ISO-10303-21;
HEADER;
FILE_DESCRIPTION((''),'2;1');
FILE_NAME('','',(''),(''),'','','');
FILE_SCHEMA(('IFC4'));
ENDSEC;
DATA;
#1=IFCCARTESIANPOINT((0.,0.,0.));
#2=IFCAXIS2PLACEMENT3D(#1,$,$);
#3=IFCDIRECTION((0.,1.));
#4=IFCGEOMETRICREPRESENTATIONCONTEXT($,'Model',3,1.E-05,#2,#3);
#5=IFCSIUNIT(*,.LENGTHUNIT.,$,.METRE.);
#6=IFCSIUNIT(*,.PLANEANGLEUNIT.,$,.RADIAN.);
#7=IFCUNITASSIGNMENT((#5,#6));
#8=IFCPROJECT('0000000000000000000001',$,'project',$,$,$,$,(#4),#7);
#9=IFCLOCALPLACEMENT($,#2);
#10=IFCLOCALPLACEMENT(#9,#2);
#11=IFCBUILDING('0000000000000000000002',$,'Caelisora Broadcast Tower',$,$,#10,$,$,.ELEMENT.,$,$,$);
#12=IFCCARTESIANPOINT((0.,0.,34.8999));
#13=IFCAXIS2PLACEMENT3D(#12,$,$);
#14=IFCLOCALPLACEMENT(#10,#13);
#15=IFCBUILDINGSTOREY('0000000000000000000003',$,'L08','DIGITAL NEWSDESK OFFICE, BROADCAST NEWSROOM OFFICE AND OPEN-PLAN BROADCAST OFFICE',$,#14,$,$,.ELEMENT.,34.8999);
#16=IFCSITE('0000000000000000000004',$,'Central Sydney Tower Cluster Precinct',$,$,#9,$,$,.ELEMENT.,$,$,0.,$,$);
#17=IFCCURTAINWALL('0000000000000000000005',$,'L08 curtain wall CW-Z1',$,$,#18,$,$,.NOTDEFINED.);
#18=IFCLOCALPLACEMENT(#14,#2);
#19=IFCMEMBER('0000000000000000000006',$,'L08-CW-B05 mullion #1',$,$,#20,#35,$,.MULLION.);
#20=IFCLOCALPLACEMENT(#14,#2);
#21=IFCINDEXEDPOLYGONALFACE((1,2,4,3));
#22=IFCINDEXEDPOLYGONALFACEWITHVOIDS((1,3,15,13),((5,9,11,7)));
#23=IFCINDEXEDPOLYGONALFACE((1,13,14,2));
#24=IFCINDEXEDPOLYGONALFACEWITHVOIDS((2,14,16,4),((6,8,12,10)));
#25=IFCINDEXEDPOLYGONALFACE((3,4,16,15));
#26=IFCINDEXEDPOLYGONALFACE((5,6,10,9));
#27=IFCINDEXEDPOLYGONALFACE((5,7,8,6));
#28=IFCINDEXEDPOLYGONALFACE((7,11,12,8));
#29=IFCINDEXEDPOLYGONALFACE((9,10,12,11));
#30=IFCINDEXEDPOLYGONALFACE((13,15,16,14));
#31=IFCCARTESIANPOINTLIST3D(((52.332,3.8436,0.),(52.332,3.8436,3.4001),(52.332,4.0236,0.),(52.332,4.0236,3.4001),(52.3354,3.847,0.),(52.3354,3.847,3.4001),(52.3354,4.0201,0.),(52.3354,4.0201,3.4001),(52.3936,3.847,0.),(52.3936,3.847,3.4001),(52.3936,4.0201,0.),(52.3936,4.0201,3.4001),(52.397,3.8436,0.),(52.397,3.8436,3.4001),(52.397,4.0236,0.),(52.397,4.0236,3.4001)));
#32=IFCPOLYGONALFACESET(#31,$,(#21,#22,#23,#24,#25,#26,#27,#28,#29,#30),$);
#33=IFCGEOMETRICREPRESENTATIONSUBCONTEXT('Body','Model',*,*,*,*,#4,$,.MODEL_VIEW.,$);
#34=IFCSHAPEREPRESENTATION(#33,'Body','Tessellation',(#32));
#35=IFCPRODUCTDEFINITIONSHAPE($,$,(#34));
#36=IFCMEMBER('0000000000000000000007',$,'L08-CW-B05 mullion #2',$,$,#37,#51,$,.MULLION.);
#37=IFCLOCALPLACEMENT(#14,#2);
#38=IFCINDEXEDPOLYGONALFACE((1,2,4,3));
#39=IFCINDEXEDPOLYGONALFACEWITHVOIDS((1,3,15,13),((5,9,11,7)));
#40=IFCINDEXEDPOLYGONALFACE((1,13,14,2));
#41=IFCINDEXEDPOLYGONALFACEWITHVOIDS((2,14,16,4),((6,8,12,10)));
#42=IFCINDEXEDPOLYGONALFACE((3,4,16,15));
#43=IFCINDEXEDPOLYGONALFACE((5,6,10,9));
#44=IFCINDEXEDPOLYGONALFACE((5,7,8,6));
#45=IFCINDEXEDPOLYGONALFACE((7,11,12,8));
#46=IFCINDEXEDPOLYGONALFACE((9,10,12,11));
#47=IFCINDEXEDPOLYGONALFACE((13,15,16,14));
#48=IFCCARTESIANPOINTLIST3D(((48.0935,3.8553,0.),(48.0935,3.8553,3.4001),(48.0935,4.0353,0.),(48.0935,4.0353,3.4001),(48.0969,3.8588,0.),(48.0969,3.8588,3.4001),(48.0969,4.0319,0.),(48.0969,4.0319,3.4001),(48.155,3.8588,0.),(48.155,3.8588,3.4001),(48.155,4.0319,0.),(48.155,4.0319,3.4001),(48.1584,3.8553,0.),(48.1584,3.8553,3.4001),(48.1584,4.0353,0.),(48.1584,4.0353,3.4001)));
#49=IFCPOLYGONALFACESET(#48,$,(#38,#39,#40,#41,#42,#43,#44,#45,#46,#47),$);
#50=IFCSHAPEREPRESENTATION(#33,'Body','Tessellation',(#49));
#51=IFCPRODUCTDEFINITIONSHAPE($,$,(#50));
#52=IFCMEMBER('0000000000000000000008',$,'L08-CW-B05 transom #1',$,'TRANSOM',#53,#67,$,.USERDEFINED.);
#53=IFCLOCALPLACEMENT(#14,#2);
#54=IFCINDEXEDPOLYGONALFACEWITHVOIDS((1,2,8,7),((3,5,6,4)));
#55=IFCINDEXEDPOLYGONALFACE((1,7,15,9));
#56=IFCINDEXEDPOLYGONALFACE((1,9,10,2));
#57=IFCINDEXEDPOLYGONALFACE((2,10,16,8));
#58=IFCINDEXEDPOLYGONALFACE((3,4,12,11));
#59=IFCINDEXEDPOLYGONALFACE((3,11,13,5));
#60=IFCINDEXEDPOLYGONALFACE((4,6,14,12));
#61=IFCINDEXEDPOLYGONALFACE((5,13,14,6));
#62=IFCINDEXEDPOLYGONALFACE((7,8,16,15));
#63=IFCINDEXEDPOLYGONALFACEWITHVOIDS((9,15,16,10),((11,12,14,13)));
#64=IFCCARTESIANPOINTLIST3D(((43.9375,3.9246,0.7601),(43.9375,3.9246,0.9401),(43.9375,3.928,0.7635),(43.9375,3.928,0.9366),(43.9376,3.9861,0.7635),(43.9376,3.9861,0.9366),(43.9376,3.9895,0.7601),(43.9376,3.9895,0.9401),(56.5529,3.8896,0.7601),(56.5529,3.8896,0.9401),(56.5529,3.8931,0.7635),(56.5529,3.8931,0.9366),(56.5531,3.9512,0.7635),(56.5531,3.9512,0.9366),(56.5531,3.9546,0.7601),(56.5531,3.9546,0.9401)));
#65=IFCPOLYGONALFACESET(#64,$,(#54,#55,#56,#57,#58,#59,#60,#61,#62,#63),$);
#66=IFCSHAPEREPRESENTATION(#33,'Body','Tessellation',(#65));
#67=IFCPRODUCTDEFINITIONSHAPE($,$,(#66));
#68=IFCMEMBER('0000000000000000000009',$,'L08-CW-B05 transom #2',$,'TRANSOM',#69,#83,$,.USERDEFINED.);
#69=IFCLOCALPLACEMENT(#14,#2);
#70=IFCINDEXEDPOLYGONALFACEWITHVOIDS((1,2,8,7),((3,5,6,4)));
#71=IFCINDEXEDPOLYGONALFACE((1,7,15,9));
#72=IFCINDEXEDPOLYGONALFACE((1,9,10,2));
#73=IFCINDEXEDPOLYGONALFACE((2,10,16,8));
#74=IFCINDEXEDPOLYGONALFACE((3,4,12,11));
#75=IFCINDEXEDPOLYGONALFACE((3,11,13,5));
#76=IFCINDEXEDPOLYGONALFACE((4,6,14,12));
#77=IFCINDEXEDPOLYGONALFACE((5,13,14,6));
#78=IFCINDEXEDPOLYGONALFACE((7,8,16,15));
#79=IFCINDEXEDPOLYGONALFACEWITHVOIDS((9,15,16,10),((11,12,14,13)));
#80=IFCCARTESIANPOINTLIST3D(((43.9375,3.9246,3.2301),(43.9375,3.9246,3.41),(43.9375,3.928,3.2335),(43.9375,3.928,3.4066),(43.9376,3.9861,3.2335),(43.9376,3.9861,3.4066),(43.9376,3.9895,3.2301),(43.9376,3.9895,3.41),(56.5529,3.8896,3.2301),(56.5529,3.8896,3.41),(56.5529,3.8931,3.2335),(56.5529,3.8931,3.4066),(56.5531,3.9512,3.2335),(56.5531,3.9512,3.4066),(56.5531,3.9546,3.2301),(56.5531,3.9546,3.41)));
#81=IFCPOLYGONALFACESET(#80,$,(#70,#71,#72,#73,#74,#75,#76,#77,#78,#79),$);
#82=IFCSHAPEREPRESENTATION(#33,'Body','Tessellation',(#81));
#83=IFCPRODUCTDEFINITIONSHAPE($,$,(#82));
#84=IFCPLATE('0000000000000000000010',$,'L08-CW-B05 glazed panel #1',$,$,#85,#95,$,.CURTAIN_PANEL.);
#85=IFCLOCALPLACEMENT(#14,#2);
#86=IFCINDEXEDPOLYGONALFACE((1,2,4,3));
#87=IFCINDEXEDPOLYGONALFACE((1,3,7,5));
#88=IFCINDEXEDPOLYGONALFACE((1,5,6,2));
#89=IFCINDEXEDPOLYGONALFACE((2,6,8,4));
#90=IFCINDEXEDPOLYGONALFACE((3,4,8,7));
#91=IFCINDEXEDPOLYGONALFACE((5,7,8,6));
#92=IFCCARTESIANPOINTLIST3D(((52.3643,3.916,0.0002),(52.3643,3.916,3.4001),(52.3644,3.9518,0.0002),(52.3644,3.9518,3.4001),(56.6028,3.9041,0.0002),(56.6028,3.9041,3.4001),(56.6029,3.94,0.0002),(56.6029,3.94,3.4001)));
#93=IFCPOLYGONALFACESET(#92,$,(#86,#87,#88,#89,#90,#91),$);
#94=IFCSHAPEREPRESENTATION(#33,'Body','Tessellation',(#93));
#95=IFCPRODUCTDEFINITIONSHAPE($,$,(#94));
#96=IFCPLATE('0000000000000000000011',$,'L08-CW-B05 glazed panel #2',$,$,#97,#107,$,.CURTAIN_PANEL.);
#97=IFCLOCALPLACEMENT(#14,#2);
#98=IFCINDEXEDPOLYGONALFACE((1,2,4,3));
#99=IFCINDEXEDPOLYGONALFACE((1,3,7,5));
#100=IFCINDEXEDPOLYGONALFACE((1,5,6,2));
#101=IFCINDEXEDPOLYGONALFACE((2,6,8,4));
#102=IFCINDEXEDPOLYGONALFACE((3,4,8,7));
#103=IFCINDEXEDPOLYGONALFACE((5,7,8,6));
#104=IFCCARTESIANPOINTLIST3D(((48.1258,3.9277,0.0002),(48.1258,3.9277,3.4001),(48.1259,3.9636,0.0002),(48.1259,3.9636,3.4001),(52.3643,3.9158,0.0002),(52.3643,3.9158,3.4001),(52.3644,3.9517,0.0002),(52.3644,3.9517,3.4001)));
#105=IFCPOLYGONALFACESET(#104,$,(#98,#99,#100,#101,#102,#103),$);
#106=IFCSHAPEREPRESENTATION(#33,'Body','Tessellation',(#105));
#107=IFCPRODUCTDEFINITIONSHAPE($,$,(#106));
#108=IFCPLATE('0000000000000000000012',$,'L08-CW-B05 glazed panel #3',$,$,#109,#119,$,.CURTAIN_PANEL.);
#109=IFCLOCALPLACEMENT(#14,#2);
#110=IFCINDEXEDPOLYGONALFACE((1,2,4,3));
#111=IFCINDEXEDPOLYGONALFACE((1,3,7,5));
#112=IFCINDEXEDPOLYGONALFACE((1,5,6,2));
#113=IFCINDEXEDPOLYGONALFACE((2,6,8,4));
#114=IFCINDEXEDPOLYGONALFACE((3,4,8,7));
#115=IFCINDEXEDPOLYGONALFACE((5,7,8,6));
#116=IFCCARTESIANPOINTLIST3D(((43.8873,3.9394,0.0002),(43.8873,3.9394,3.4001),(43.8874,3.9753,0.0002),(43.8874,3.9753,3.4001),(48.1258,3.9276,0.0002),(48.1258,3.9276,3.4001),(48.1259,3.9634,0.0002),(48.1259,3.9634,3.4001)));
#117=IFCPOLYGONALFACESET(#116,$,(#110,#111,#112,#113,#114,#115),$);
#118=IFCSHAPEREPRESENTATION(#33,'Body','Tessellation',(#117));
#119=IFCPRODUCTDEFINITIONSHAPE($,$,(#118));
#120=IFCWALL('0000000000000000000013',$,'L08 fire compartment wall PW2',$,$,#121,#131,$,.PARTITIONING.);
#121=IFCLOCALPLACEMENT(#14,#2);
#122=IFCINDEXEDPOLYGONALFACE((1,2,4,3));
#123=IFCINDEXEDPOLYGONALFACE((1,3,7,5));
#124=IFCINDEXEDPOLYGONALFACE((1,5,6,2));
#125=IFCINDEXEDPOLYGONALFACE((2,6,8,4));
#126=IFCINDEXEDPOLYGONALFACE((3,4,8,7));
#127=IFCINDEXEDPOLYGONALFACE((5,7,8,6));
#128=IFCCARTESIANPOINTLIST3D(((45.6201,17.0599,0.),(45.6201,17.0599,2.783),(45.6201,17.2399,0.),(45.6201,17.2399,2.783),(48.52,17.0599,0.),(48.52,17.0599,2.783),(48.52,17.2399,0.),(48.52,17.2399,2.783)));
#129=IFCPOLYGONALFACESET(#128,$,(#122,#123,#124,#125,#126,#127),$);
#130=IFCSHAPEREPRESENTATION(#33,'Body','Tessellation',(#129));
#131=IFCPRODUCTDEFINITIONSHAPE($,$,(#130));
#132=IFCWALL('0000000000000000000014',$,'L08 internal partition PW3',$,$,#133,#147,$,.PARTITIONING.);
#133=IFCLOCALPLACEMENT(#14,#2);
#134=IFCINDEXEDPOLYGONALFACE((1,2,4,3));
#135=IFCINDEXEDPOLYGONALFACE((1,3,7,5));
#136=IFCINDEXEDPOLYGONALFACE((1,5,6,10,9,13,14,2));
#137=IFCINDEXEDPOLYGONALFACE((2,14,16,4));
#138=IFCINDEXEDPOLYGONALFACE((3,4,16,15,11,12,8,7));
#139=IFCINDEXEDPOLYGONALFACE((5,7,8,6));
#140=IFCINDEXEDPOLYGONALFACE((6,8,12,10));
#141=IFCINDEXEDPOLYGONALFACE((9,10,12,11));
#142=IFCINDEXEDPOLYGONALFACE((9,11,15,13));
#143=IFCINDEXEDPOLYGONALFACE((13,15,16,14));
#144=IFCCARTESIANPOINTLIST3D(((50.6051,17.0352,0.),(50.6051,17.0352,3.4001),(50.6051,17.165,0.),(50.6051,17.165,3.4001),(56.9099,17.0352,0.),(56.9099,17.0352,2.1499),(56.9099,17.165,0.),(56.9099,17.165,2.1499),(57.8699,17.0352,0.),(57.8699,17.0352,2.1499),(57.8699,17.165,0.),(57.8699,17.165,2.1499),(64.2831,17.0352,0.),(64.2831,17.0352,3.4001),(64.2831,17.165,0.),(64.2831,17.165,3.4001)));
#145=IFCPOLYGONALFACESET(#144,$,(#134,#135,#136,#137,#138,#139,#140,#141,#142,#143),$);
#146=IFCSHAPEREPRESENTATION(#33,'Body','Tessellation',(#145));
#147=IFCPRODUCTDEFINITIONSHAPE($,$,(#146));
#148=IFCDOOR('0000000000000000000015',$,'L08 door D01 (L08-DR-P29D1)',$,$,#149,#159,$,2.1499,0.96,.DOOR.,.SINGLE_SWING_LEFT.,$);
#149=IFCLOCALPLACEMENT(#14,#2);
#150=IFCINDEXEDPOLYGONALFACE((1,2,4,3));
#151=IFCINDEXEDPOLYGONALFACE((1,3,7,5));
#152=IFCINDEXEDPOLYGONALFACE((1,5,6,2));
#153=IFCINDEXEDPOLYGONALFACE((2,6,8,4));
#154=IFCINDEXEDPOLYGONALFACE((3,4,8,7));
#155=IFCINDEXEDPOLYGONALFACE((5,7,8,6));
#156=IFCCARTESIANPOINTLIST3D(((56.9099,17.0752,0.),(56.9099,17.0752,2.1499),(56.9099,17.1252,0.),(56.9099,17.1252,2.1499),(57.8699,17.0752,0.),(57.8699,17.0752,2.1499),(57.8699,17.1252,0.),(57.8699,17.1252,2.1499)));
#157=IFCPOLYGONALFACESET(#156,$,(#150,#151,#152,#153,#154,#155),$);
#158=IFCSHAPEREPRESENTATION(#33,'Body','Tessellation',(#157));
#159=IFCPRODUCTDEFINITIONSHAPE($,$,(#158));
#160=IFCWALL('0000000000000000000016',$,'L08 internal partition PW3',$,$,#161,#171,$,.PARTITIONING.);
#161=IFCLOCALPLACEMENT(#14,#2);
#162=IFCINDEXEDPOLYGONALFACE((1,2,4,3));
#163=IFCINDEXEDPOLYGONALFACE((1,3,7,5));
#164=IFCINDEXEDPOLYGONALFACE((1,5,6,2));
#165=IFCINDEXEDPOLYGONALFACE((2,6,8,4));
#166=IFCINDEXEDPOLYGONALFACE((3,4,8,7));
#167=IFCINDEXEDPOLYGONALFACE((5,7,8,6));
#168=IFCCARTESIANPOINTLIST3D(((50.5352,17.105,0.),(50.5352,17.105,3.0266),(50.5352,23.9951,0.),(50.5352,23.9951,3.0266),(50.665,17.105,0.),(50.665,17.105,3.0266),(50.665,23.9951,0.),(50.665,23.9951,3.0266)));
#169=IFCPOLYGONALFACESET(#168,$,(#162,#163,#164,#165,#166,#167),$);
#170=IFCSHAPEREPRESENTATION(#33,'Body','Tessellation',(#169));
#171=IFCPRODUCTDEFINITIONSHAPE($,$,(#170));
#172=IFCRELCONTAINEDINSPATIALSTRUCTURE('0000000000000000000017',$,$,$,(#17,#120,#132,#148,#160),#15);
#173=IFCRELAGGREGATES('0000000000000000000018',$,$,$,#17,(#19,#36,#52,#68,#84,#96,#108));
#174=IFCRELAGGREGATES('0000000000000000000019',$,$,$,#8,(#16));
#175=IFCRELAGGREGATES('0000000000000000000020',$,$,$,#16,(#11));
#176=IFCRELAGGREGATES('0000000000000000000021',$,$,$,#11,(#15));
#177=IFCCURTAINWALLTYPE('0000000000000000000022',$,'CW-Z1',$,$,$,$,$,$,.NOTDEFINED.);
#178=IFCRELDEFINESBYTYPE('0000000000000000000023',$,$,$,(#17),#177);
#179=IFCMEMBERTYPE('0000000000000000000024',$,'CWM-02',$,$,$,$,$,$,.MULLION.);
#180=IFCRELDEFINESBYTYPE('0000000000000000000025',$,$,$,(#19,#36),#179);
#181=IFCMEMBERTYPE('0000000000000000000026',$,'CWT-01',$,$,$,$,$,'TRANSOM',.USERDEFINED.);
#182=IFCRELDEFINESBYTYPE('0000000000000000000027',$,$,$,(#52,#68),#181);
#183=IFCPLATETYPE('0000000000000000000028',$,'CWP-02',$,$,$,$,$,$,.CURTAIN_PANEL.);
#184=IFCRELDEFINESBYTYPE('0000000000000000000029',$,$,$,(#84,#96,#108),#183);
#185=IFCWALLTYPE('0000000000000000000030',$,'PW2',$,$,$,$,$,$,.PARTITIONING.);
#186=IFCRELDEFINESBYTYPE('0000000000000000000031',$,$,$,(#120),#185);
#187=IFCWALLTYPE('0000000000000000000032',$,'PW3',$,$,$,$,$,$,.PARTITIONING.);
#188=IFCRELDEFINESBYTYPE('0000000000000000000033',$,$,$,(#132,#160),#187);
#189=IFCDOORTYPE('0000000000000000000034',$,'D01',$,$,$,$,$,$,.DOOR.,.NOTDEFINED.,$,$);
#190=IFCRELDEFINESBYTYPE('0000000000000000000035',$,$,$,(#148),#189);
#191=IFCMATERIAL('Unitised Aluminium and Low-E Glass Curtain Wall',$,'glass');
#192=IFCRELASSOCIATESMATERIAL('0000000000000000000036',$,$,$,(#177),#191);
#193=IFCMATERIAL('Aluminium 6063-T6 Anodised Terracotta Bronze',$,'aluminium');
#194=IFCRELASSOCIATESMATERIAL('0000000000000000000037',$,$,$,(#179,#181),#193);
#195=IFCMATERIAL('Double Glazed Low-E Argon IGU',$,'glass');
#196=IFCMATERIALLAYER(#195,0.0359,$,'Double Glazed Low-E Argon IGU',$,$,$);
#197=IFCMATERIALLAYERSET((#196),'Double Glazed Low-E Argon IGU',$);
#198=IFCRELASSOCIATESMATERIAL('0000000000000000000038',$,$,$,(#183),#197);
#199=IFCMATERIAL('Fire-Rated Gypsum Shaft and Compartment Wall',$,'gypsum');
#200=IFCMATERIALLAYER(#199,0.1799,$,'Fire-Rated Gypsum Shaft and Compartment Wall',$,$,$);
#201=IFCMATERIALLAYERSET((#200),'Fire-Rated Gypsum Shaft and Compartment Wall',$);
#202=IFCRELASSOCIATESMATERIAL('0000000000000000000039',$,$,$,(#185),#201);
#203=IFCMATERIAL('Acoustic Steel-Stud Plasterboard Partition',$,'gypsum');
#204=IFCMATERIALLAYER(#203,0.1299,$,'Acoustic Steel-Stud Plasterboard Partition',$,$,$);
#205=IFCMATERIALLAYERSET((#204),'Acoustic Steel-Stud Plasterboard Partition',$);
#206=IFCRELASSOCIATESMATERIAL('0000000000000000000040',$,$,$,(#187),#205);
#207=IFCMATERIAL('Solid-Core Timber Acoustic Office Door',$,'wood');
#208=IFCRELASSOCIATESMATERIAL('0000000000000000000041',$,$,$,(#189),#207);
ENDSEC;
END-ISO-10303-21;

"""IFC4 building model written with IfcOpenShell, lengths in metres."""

from ifc_helpers import new_model, si_unit, direction, frame, frame_2d, origin, origin_2d, place, context, subcontext, project, spatial, rectangle, hollow_rectangle, extrude, source, transform, mapped, material, layer, layer_set, material_profile, profile_set, type_object, type_shapes, element, fill, aggregate, save


model = new_model("IFC4")

# Units and contexts
model_context = context("Model", 3, precision=1e-05, world=origin(), true_north=direction((0.0, 1.0)))
body_context = subcontext(model_context, "Body", "Model", "MODEL_VIEW")
ifc_project = project(units=[si_unit("LENGTHUNIT", "METRE"), si_unit("PLANEANGLEUNIT", "RADIAN")], contexts=[model_context])

# Site, building, storey
site_placement = place(None, origin())
site = spatial("IfcSite", under=ifc_project, at=site_placement, Name="Central Sydney Tower Cluster Precinct", CompositionType="ELEMENT", RefElevation=0.0)
building_placement = place(site_placement, origin())
building = spatial("IfcBuilding", under=site, at=building_placement, Name="Caelisora Broadcast Tower", CompositionType="ELEMENT")
storey_placement = place(building_placement, frame((0.0, 0.0, 34.8999)))
storey = spatial("IfcBuildingStorey", under=building, at=storey_placement, Name="L08", Description="DIGITAL NEWSDESK OFFICE, BROADCAST NEWSROOM OFFICE AND OPEN-PLAN BROADCAST OFFICE", CompositionType="ELEMENT", Elevation=34.8999)

# Curtain wall, members, plates
ifc_material_1 = material(Name="Unitised Aluminium and Low-E Glass Curtain Wall", Category="glass")
curtain_wall_type = type_object("IfcCurtainWallType", Name="CW-Z1", PredefinedType="NOTDEFINED", material=ifc_material_1)
curtain_wall_placement = place(storey_placement, origin())
curtain_wall = element("IfcCurtainWall", 1, at=curtain_wall_placement, inside=storey, type_object=curtain_wall_type, Name="L08 curtain wall CW-Z1", PredefinedType="NOTDEFINED")
ifc_material_2 = material(Name="Aluminium 6063-T6 Anodised Terracotta Bronze", Category="aluminium")
ifc_material_profile_1 = material_profile(ifc_material_2, hollow_rectangle(XDim=0.0649, YDim=0.1799, WallThickness=0.0034, at=origin_2d()), Name="Aluminium 6063-T6 Anodised Terracotta Bronze")
ifc_profile_set_1 = profile_set([ifc_material_profile_1], Name="Aluminium 6063-T6 Anodised Terracotta Bronze")
member_type_1 = type_object("IfcMemberType", Name="CWM-02", PredefinedType="MULLION", material=ifc_profile_set_1)
shared_shape_1 = source(origin(), body_context, "Body", "SweptSolid", [
    extrude(hollow_rectangle(XDim=0.0649, YDim=0.1799, WallThickness=0.0034, at=origin_2d()), origin(), (0.0, 0.0, 1.0), 3.4001),
])
type_shapes(member_type_1, [shared_shape_1])
member_1_placement = place(storey_placement, frame((52.3645, 3.9336, 0.0), z_axis=(0.0, 0.0, 1.0), x_axis=(1.0, 0.0, 0.0)))
member_1 = element("IfcMember", 2, at=member_1_placement, type_object=member_type_1, Name="L08-CW-B05 mullion #1", PredefinedType="MULLION", context=body_context, shape_type="MappedRepresentation", body=[
    mapped(shared_shape_1, transform((0.0, 0.0, 0.0), scale=1.0)),
])
member_2_placement = place(storey_placement, frame((48.126, 3.9453, 0.0), z_axis=(0.0, 0.0, 1.0), x_axis=(1.0, 0.0, 0.0)))
member_2 = element("IfcMember", 3, at=member_2_placement, type_object=member_type_1, Name="L08-CW-B05 mullion #2", PredefinedType="MULLION", context=body_context, shape_type="MappedRepresentation", body=[
    mapped(shared_shape_1, transform((0.0, 0.0, 0.0), scale=1.0)),
])
ifc_material_profile_2 = material_profile(ifc_material_2, hollow_rectangle(XDim=0.0649, YDim=0.1799, WallThickness=0.0034, at=origin_2d()), Name="Aluminium 6063-T6 Anodised Terracotta Bronze")
ifc_profile_set_2 = profile_set([ifc_material_profile_2], Name="Aluminium 6063-T6 Anodised Terracotta Bronze")
member_type_2 = type_object("IfcMemberType", Name="CWT-01", ElementType="TRANSOM", PredefinedType="USERDEFINED", material=ifc_profile_set_2)
shared_shape_2 = source(origin(), body_context, "Body", "SweptSolid", [
    extrude(hollow_rectangle(XDim=0.0649, YDim=0.1799, WallThickness=0.0034, at=origin_2d()), origin(), (0.0, 0.0, 1.0), 12.6155),
])
type_shapes(member_type_2, [shared_shape_2])
member_3_placement = place(storey_placement, frame((56.553, 3.9221, 0.8501), z_axis=(-0.999996, 0.002767, 0.0), x_axis=(-0.002767, -0.999996, 0.0)))
member_3 = element("IfcMember", 4, at=member_3_placement, type_object=member_type_2, Name="L08-CW-B05 transom #1", ObjectType="TRANSOM", PredefinedType="USERDEFINED", context=body_context, shape_type="MappedRepresentation", body=[
    mapped(shared_shape_2, transform((0.0, 0.0, 0.0), scale=1.0)),
])
member_4_placement = place(storey_placement, frame((56.553, 3.9221, 3.3201), z_axis=(-0.999996, 0.002767, 0.0), x_axis=(-0.002767, -0.999996, 0.0)))
member_4 = element("IfcMember", 5, at=member_4_placement, type_object=member_type_2, Name="L08-CW-B05 transom #2", ObjectType="TRANSOM", PredefinedType="USERDEFINED", context=body_context, shape_type="MappedRepresentation", body=[
    mapped(shared_shape_2, transform((0.0, 0.0, 0.0), scale=1.0)),
])
ifc_material_3 = material(Name="Double Glazed Low-E Argon IGU", Category="glass")
ifc_layer_1 = layer(ifc_material_3, 0.0359, Name="Double Glazed Low-E Argon IGU")
ifc_layer_set_1 = layer_set([ifc_layer_1], Name="Double Glazed Low-E Argon IGU")
plate_type = type_object("IfcPlateType", Name="CWP-02", PredefinedType="CURTAIN_PANEL", material=ifc_layer_set_1)
shared_shape_3 = source(origin(), body_context, "Body", "SweptSolid", [
    extrude(rectangle(XDim=4.2385, YDim=0.0359, at=origin_2d()), origin(), (0.0, 0.0, 1.0), 3.3999),
])
type_shapes(plate_type, [shared_shape_3])
plate_1_placement = place(storey_placement, frame((54.4836, 3.928, 0.0002), z_axis=(0.0, 0.0, 1.0), x_axis=(-0.999996, 0.002793, 0.0)))
plate_1 = element("IfcPlate", 6, at=plate_1_placement, type_object=plate_type, Name="L08-CW-B05 glazed panel #1", PredefinedType="CURTAIN_PANEL", context=body_context, shape_type="MappedRepresentation", body=[
    mapped(shared_shape_3, transform((0.0, 0.0, 0.0), scale=1.0)),
])
plate_2_placement = place(storey_placement, frame((50.2451, 3.9397, 0.0002), z_axis=(0.0, 0.0, 1.0), x_axis=(-0.999996, 0.002793, 0.0)))
plate_2 = element("IfcPlate", 7, at=plate_2_placement, type_object=plate_type, Name="L08-CW-B05 glazed panel #2", PredefinedType="CURTAIN_PANEL", context=body_context, shape_type="MappedRepresentation", body=[
    mapped(shared_shape_3, transform((0.0, 0.0, 0.0), scale=1.0)),
])
plate_3_placement = place(storey_placement, frame((46.0066, 3.9514, 0.0002), z_axis=(0.0, 0.0, 1.0), x_axis=(-0.999996, 0.002793, 0.0)))
plate_3 = element("IfcPlate", 8, at=plate_3_placement, type_object=plate_type, Name="L08-CW-B05 glazed panel #3", PredefinedType="CURTAIN_PANEL", context=body_context, shape_type="MappedRepresentation", body=[
    mapped(shared_shape_3, transform((0.0, 0.0, 0.0), scale=1.0)),
])
aggregate(curtain_wall, [member_1, member_2, member_3, member_4, plate_1, plate_2, plate_3])

# Wall
ifc_material_4 = material(Name="Fire-Rated Gypsum Shaft and Compartment Wall", Category="gypsum")
ifc_layer_2 = layer(ifc_material_4, 0.1799, Name="Fire-Rated Gypsum Shaft and Compartment Wall")
ifc_layer_set_2 = layer_set([ifc_layer_2], Name="Fire-Rated Gypsum Shaft and Compartment Wall")
wall_type_1 = type_object("IfcWallType", Name="PW2", PredefinedType="PARTITIONING", material=ifc_layer_set_2)
wall_1_placement = place(storey_placement, frame((45.6201, 17.1499, 0.0), z_axis=(0.0, 0.0, 1.0), x_axis=(1.0, 0.0, 0.0)))
element("IfcWall", 9, at=wall_1_placement, inside=storey, type_object=wall_type_1, Name="L08 fire compartment wall PW2", PredefinedType="PARTITIONING", context=body_context, shape_type="SweptSolid", body=[
    extrude(rectangle(XDim=2.8999, YDim=0.1799, at=frame_2d((1.45, 0.0))), origin(), (0.0, 0.0, 1.0), 2.783),
])

# Wall, opening, door
ifc_material_5 = material(Name="Acoustic Steel-Stud Plasterboard Partition", Category="gypsum")
ifc_layer_3 = layer(ifc_material_5, 0.1299, Name="Acoustic Steel-Stud Plasterboard Partition")
ifc_layer_set_3 = layer_set([ifc_layer_3], Name="Acoustic Steel-Stud Plasterboard Partition")
wall_type_2 = type_object("IfcWallType", Name="PW3", PredefinedType="PARTITIONING", material=ifc_layer_set_3)
wall_2_placement = place(storey_placement, frame((64.283, 17.1001, 0.0), z_axis=(0.0, 0.0, 1.0), x_axis=(-1.0, 0.0, 0.0)))
wall_2 = element("IfcWall", 10, at=wall_2_placement, inside=storey, type_object=wall_type_2, Name="L08 internal partition PW3", PredefinedType="PARTITIONING", context=body_context, shape_type="SweptSolid", body=[
    extrude(rectangle(XDim=13.678, YDim=0.1299, at=frame_2d((6.8389, 0.0))), origin(), (0.0, 0.0, 1.0), 3.4001),
])
opening_1_placement = place(wall_2_placement, frame((6.4131, 0.0, 0.0)))
opening_1 = element("IfcOpeningElement", 11, at=opening_1_placement, cuts=wall_2, PredefinedType="OPENING", context=body_context, shape_type="SweptSolid", body=[
    extrude(rectangle(XDim=0.96, YDim=2.1499, at=frame_2d((0.48, 1.075))), frame((0.0, 0.0769, 0.0), z_axis=(0.0, -1.0, 0.0), x_axis=(1.0, 0.0, 0.0)), (0.0, 0.0, 1.0), 0.1538),
])
ifc_material_6 = material(Name="Solid-Core Timber Acoustic Office Door", Category="wood")
door_type_1 = type_object("IfcDoorType", Name="D01", OperationType="NOTDEFINED", PredefinedType="DOOR", material=ifc_material_6)
door_1_placement = place(opening_1_placement, origin())
door_1 = element("IfcDoor", 12, at=door_1_placement, inside=storey, type_object=door_type_1, Name="L08 door D01 (L08-DR-P29D1)", OperationType="SINGLE_SWING_LEFT", OverallHeight=2.1499, OverallWidth=0.96, PredefinedType="DOOR", context=body_context, shape_type="SweptSolid", body=[
    extrude(rectangle(XDim=0.96, YDim=2.1499, at=frame_2d((0.48, 1.075))), frame((0.0, 0.0249, 0.0), z_axis=(0.0, -1.0, 0.0), x_axis=(1.0, 0.0, 0.0)), (0.0, 0.0, 1.0), 0.05),
])
fill(opening_1, door_1)

# Wall
wall_3_placement = place(storey_placement, frame((50.6001, 17.105, 0.0), z_axis=(0.0, 0.0, 1.0), x_axis=(0.0, 1.0, 0.0)))
element("IfcWall", 13, at=wall_3_placement, inside=storey, type_object=wall_type_2, Name="L08 internal partition PW3", PredefinedType="PARTITIONING", context=body_context, shape_type="SweptSolid", body=[
    extrude(rectangle(XDim=6.8901, YDim=0.1299, at=frame_2d((3.4451, 0.0))), origin(), (0.0, 0.0, 1.0), 3.0266),
])

save(model, "model.ifc")
